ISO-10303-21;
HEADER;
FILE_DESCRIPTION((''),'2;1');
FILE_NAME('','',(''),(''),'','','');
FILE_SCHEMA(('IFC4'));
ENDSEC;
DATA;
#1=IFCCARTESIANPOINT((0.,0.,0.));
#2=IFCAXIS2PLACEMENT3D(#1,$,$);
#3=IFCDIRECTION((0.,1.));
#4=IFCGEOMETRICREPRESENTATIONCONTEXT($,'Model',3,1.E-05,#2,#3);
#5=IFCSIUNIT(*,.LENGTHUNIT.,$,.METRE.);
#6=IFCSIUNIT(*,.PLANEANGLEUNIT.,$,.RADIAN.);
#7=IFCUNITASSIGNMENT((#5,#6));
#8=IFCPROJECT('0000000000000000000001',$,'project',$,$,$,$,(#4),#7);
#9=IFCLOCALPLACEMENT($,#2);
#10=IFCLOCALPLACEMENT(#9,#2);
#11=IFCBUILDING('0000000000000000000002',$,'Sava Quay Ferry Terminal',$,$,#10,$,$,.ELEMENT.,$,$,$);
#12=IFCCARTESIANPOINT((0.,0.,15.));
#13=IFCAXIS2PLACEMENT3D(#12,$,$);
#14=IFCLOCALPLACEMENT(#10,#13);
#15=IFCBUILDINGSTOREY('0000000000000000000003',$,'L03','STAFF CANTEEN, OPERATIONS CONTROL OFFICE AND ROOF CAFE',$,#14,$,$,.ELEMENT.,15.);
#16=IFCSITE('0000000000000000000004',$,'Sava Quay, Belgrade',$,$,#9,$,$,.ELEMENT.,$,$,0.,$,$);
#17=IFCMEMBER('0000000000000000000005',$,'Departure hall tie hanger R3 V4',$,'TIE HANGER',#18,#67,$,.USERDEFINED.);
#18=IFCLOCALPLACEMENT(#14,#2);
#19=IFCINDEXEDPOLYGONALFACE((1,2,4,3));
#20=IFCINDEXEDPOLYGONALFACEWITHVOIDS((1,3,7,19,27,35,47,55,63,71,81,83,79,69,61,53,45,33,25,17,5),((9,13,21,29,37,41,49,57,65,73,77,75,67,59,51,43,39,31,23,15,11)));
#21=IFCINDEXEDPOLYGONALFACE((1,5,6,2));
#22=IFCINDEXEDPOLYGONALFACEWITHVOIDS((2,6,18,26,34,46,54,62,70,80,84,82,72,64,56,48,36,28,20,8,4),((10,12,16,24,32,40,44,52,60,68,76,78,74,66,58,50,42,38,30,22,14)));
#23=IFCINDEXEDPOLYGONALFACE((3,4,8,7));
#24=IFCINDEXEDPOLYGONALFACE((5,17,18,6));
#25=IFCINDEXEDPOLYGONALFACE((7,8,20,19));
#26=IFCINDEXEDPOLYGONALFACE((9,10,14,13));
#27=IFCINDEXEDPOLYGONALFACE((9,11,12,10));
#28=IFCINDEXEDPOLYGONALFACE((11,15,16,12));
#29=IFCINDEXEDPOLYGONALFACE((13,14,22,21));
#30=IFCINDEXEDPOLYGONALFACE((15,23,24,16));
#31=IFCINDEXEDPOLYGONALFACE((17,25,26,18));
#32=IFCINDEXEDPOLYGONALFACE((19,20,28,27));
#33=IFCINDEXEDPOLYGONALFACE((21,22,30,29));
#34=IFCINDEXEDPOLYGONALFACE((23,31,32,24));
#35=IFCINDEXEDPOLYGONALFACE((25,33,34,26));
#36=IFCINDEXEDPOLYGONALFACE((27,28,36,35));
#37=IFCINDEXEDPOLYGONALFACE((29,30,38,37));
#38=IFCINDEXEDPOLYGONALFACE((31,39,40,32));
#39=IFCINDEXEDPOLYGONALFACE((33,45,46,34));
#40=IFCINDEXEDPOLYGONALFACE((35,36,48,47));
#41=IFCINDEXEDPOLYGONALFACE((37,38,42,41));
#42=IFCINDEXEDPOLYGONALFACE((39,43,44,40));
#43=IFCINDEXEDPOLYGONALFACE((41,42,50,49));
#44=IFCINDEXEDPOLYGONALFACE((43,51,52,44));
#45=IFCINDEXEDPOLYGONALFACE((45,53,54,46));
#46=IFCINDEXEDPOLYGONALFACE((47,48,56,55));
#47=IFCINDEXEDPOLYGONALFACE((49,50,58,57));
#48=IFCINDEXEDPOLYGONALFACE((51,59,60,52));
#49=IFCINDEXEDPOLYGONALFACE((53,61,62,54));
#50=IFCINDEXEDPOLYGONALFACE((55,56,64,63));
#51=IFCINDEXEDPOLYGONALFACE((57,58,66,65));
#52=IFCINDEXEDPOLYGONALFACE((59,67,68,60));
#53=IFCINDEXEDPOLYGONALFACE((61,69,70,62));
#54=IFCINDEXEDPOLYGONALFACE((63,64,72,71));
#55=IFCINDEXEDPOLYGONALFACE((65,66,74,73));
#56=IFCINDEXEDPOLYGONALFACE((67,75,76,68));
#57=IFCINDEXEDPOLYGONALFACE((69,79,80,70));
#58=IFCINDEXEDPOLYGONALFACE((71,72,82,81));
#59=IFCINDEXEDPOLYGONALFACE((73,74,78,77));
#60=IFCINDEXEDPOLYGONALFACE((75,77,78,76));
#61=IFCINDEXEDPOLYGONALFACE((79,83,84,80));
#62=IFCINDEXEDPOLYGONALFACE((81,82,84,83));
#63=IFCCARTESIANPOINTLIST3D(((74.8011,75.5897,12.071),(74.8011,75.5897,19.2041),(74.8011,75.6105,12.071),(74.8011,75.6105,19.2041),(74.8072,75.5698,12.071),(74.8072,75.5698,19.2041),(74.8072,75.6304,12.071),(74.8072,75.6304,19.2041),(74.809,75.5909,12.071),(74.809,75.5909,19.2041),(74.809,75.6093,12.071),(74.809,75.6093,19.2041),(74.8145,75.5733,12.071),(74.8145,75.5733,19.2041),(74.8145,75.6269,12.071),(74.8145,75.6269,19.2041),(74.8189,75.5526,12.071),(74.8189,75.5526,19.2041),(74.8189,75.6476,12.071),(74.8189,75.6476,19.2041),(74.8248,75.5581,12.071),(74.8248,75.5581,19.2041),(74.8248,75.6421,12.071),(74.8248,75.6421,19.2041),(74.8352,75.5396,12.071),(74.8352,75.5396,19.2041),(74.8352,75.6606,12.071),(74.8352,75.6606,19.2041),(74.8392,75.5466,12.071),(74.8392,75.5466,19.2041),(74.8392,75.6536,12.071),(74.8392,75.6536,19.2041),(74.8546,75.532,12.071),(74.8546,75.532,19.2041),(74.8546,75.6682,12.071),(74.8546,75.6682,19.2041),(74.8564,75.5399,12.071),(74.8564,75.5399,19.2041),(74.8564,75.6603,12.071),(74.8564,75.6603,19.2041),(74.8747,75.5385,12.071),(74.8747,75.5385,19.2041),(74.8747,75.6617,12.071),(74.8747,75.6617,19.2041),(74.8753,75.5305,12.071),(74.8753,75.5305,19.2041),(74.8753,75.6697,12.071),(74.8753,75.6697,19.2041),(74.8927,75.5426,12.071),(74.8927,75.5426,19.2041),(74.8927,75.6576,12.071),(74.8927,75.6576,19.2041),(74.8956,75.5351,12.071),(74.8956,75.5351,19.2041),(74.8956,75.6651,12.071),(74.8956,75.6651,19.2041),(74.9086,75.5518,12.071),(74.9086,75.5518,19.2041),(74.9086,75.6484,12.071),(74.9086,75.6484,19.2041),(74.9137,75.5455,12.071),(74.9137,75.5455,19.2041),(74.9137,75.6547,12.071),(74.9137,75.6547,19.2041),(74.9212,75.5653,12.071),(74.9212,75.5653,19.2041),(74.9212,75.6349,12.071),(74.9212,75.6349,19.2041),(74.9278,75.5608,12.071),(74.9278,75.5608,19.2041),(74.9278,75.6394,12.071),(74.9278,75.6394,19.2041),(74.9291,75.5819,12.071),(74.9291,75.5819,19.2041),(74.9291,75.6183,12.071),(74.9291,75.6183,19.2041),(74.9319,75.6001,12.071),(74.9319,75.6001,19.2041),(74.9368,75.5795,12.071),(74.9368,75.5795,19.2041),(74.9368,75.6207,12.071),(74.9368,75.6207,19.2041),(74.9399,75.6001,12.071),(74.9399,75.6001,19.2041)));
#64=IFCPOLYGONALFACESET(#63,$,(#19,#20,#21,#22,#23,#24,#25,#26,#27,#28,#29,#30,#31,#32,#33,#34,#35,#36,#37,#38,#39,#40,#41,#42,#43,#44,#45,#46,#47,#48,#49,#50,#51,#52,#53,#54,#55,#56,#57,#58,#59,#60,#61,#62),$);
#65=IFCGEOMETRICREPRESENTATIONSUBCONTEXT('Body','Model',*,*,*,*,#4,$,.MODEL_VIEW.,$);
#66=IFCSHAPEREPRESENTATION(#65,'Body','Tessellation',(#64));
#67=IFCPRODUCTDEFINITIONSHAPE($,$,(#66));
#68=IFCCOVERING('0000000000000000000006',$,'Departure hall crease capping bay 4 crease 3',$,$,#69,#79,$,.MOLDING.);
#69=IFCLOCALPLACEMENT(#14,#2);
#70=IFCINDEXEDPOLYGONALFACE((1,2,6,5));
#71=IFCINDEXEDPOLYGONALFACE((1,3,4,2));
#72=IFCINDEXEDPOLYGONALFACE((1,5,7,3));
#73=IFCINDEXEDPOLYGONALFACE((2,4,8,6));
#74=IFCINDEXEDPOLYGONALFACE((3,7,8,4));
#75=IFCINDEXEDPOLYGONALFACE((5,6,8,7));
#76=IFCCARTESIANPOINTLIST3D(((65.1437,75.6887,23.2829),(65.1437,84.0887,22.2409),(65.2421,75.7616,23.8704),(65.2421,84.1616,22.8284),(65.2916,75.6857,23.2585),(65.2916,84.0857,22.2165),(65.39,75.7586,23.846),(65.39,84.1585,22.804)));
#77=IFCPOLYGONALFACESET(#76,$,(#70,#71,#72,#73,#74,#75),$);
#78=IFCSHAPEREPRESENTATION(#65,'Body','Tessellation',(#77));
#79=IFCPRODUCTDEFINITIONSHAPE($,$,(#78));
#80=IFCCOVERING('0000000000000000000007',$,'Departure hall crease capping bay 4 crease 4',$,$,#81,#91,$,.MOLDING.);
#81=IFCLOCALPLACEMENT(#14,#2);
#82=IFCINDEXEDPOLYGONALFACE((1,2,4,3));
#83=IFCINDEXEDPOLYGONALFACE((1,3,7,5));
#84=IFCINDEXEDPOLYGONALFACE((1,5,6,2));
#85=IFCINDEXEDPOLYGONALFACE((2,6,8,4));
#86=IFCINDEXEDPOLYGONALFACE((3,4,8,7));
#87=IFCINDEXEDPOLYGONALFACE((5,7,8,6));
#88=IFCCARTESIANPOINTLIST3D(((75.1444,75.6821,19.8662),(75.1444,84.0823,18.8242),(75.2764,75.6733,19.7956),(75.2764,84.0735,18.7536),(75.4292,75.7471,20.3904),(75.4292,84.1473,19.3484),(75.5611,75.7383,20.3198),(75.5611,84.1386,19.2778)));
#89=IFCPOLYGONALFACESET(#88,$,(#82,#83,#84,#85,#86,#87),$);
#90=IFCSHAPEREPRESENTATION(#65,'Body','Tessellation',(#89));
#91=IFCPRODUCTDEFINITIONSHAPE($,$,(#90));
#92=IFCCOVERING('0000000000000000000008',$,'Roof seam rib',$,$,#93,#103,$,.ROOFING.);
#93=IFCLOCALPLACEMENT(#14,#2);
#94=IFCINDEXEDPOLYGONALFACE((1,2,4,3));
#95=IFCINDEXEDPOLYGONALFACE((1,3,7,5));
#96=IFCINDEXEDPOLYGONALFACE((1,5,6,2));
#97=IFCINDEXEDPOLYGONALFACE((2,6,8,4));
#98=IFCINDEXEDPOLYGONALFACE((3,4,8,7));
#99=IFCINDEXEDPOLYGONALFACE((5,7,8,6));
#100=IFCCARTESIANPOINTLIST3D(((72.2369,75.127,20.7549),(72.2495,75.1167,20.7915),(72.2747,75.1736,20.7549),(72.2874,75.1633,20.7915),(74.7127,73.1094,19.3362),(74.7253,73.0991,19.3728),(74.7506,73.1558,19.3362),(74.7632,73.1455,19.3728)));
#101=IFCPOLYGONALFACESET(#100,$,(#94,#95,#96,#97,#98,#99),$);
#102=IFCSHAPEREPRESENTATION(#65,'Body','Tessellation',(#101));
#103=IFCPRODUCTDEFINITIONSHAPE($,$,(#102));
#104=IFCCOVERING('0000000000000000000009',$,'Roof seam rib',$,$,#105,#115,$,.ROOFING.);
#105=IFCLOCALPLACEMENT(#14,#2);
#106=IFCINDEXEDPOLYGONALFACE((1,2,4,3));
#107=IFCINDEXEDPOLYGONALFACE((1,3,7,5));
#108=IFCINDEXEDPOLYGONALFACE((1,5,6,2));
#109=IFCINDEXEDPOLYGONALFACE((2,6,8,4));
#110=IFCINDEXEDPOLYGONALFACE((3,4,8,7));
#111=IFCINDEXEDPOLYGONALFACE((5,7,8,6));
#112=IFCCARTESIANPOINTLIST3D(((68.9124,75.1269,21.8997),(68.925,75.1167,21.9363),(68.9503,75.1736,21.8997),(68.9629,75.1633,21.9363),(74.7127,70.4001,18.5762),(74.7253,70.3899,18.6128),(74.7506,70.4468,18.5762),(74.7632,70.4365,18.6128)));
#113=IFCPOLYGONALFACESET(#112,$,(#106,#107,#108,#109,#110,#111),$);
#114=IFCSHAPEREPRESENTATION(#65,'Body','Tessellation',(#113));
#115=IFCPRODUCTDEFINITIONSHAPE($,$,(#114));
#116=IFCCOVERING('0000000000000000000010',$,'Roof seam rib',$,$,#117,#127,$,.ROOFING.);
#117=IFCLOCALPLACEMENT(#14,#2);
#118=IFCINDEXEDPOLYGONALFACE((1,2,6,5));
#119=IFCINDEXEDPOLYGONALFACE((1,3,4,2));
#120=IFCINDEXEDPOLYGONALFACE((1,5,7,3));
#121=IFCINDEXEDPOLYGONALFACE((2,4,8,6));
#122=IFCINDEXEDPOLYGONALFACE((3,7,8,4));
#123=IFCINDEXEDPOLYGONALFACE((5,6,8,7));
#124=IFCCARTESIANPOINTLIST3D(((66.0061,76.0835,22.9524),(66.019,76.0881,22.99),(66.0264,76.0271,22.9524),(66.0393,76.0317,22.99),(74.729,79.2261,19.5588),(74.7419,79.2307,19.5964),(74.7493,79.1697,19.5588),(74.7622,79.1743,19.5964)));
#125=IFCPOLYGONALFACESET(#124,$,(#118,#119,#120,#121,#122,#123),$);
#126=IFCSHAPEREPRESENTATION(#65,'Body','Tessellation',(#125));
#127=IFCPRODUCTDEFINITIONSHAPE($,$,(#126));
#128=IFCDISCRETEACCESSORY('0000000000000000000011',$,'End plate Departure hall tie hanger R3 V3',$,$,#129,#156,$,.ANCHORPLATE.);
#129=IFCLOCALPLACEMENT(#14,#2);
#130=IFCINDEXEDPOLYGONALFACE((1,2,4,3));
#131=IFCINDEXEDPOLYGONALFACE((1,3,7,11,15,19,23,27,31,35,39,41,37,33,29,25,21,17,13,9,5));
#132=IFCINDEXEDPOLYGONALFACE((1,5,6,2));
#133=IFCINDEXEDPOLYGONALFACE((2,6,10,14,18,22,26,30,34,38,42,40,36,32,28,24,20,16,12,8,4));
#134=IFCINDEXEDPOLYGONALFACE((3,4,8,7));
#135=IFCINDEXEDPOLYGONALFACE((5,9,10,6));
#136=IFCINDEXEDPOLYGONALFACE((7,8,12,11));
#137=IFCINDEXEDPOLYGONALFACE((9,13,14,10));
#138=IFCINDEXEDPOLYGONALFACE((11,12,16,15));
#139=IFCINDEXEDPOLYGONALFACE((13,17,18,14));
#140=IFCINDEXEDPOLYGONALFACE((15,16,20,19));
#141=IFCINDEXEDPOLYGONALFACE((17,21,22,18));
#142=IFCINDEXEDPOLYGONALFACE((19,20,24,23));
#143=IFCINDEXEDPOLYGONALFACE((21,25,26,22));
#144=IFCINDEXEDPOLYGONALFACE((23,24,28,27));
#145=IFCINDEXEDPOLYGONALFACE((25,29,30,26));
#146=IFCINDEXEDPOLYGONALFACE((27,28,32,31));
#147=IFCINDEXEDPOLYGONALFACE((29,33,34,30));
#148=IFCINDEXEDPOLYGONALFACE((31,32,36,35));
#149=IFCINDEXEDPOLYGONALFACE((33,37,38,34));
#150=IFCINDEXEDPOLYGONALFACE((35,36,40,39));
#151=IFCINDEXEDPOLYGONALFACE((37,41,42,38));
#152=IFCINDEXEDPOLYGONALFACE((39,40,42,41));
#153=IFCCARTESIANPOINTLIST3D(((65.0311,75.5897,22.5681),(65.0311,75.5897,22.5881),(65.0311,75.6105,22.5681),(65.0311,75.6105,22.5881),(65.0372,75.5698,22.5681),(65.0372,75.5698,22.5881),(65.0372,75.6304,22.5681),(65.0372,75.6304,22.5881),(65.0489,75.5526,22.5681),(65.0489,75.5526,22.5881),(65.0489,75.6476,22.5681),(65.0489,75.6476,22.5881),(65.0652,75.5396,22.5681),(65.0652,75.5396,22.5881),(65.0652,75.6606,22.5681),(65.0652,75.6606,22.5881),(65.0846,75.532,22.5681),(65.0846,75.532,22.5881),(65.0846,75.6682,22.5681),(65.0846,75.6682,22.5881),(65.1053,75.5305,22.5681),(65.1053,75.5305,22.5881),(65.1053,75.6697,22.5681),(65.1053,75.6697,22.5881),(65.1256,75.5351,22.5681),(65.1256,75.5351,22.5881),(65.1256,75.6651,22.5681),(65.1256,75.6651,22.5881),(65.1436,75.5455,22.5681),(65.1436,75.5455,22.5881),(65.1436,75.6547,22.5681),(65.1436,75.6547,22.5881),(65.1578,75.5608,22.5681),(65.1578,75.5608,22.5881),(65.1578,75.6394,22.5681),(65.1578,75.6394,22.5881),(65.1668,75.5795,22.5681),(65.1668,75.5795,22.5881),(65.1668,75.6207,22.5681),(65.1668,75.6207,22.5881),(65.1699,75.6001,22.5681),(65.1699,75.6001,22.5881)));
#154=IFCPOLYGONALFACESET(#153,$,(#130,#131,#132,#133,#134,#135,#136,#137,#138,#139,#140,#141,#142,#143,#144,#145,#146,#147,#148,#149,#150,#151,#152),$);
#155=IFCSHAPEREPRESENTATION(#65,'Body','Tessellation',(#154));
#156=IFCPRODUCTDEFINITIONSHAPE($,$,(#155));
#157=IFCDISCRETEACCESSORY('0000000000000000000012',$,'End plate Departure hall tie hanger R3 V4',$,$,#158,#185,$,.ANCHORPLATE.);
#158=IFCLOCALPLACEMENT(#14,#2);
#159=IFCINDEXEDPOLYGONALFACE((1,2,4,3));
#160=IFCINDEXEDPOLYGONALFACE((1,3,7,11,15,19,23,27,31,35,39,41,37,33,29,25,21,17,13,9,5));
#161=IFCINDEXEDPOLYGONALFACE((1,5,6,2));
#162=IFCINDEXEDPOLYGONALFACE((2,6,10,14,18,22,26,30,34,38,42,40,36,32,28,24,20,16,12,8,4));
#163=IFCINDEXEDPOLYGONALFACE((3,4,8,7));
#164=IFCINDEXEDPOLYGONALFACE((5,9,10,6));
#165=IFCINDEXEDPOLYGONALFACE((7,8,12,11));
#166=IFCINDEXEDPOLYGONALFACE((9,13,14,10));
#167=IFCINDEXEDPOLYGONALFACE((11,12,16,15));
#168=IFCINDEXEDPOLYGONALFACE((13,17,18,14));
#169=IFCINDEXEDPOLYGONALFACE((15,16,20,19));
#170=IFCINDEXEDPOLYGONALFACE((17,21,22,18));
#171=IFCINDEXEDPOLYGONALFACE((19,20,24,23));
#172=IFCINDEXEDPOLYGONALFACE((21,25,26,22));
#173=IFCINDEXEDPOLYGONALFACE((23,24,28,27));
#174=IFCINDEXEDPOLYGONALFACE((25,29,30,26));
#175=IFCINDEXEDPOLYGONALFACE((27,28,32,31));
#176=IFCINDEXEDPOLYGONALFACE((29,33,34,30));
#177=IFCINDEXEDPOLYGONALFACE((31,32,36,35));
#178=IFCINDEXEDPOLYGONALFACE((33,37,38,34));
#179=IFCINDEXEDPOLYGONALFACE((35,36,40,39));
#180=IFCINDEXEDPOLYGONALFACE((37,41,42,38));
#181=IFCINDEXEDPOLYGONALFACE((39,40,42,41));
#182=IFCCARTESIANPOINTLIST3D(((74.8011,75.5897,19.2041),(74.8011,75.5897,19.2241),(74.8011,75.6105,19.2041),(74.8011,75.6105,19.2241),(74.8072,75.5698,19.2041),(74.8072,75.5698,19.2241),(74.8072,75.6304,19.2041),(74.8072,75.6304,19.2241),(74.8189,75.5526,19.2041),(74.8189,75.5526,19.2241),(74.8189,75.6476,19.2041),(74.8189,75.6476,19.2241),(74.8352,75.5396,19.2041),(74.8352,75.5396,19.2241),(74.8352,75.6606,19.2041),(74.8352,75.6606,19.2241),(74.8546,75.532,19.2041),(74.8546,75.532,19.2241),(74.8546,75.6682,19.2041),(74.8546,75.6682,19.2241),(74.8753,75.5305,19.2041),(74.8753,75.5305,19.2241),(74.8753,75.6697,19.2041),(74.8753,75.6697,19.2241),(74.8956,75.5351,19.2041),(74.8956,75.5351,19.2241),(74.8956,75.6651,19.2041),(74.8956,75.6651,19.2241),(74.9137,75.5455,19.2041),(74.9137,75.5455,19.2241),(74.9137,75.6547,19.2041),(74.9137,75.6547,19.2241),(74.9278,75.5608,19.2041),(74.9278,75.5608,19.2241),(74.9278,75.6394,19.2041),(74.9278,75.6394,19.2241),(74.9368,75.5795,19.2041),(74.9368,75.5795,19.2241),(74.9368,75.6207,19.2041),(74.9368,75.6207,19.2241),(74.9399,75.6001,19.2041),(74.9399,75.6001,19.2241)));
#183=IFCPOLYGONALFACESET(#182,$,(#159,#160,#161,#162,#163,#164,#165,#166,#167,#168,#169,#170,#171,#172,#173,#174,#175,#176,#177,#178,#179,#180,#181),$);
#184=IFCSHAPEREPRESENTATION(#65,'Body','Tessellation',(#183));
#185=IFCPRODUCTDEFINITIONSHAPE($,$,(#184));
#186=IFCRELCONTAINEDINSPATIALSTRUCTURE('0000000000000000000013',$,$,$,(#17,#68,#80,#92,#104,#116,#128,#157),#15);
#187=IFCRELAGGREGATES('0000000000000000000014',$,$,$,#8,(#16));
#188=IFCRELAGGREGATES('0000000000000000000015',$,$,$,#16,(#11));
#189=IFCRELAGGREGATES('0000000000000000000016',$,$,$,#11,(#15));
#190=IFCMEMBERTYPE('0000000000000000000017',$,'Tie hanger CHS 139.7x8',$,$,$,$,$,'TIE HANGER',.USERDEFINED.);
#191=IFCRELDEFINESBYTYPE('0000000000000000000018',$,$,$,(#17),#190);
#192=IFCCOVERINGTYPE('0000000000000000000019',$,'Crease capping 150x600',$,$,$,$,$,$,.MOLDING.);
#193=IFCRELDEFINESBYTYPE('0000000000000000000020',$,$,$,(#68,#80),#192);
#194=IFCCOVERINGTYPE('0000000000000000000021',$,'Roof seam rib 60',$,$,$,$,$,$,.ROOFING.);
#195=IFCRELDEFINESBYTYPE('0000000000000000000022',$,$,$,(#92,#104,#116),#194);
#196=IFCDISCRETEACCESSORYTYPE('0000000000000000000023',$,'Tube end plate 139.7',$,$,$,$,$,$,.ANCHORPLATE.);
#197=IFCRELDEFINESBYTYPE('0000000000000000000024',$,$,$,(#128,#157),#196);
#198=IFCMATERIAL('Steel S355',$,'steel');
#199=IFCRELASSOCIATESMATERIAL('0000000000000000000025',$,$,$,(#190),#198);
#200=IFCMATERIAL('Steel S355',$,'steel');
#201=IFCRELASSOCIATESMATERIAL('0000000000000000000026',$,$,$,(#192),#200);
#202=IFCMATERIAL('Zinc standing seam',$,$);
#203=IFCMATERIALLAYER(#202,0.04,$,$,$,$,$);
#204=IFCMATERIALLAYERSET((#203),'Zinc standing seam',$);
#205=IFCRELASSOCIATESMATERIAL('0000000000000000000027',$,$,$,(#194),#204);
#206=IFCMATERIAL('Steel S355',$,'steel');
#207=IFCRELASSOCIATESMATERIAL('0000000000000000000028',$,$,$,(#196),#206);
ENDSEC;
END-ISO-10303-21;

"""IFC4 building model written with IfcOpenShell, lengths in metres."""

from ifc_helpers import new_model, si_unit, direction, frame, origin, origin_2d, place, context, subcontext, project, spatial, polyline, rectangle, circle, hollow_circle, outline, extrude, material, layer, layer_set, material_profile, profile_set, type_object, element, save


model = new_model("IFC4")

# Units and contexts
model_context = context("Model", 3, precision=1e-05, world=origin(), true_north=direction((0.0, 1.0)))
body_context = subcontext(model_context, "Body", "Model", "MODEL_VIEW")
ifc_project = project(units=[si_unit("LENGTHUNIT", "METRE"), si_unit("PLANEANGLEUNIT", "RADIAN")], contexts=[model_context])

# Site, building, storey
site_placement = place(None, origin())
site = spatial("IfcSite", under=ifc_project, at=site_placement, Name="Sava Quay, Belgrade", CompositionType="ELEMENT", RefElevation=0.0)
building_placement = place(site_placement, origin())
building = spatial("IfcBuilding", under=site, at=building_placement, Name="Sava Quay Ferry Terminal", CompositionType="ELEMENT")
storey_placement = place(building_placement, frame((0.0, 0.0, 15.0)))
storey = spatial("IfcBuildingStorey", under=building, at=storey_placement, Name="L03", Description="STAFF CANTEEN, OPERATIONS CONTROL OFFICE AND ROOF CAFE", CompositionType="ELEMENT", Elevation=15.0)

# Member
ifc_material_1 = material(Name="Steel S355", Category="steel")
ifc_material_profile_1 = material_profile(ifc_material_1, hollow_circle(Radius=0.0698, WallThickness=0.0081, at=origin_2d()), Name="CHS 139.7 x 8.0")
ifc_profile_set_1 = profile_set([ifc_material_profile_1], Name="Steel S355")
member_type_1 = type_object("IfcMemberType", Name="Tie hanger CHS 139.7x8", ElementType="TIE HANGER", PredefinedType="USERDEFINED", material=ifc_profile_set_1)
member_1_placement = place(storey_placement, frame((74.8701, 75.6001, 12.071), z_axis=(0.0, 0.0, 1.0), x_axis=(1.0, 0.0, 0.0)))
element("IfcMember", 1, at=member_1_placement, inside=storey, type_object=member_type_1, Name="Departure hall tie hanger R3 V4", ObjectType="TIE HANGER", PredefinedType="USERDEFINED", context=body_context, shape_type="SweptSolid", body=[
    extrude(hollow_circle(Radius=0.0698, WallThickness=0.0081, at=origin_2d()), origin(), (0.0, 0.0, 1.0), 7.1331),
])

# Coverings
ifc_material_2 = material(Name="Steel S355", Category="steel")
ifc_material_profile_2 = material_profile(ifc_material_2, rectangle(XDim=0.1499, YDim=0.6001, at=origin_2d()), Name="Cap 150 x 600")
ifc_profile_set_2 = profile_set([ifc_material_profile_2], Name="Steel S355")
covering_type_1 = type_object("IfcCoveringType", Name="Crease capping 150x600", PredefinedType="MOLDING", material=ifc_profile_set_2)
covering_1_placement = place(storey_placement, frame((65.2668, 75.7236, 23.5645), z_axis=(0.0, 0.992394, -0.123105), x_axis=(-0.986478, 0.020176, 0.162645)))
element("IfcCovering", 2, at=covering_1_placement, inside=storey, type_object=covering_type_1, Name="Departure hall crease capping bay 4 crease 3", PredefinedType="MOLDING", context=body_context, shape_type="SweptSolid", body=[
    extrude(rectangle(XDim=0.1499, YDim=0.6001, at=origin_2d()), origin(), (0.0, 0.0, 1.0), 8.4644),
])
covering_2_placement = place(storey_placement, frame((75.3528, 75.7102, 20.093), z_axis=(0.0, 0.992394, -0.123101), x_axis=(-0.880255, 0.058412, 0.470892)))
element("IfcCovering", 3, at=covering_2_placement, inside=storey, type_object=covering_type_1, Name="Departure hall crease capping bay 4 crease 4", PredefinedType="MOLDING", context=body_context, shape_type="SweptSolid", body=[
    extrude(rectangle(XDim=0.1499, YDim=0.6001, at=origin_2d()), origin(), (0.0, 0.0, 1.0), 8.4646),
])
ifc_material_3 = material(Name="Zinc standing seam")
ifc_layer = layer(ifc_material_3, 0.04)
ifc_layer_set = layer_set([ifc_layer], Name="Zinc standing seam")
covering_type_2 = type_object("IfcCoveringType", Name="Roof seam rib 60", PredefinedType="ROOFING", material=ifc_layer_set)
covering_3_placement = place(storey_placement, frame((74.7253, 73.0991, 19.3728), z_axis=(0.314885, -0.256205, 0.913896), x_axis=(-0.708452, 0.577324, 0.405947)))
element("IfcCovering", 4, at=covering_3_placement, inside=storey, type_object=covering_type_2, Name="Roof seam rib", PredefinedType="ROOFING", context=body_context, shape_type="SweptSolid", body=[
    extrude(outline(polyline([(0.0, 0.0), (3.4947, 0.0), (3.4948, -0.0601), (0.0, -0.0599), (0.0, 0.0)])), origin(), (0.0, 0.0, -1.0), 0.04),
])
covering_4_placement = place(storey_placement, frame((74.7253, 70.3899, 18.6128), z_axis=(0.315202, -0.255792, 0.913903), x_axis=(-0.708451, 0.577335, 0.405933)))
element("IfcCovering", 5, at=covering_4_placement, inside=storey, type_object=covering_type_2, Name="Roof seam rib", PredefinedType="ROOFING", context=body_context, shape_type="SweptSolid", body=[
    extrude(outline(polyline([(0.0, 0.0), (8.1873, 0.0), (8.1874, -0.0601), (0.0001, -0.0601), (0.0, 0.0)])), origin(), (0.0, 0.0, -1.0), 0.04),
])
covering_5_placement = place(storey_placement, frame((74.7622, 79.1743, 19.5964), z_axis=(0.323466, 0.116224, 0.939075), x_axis=(-0.883489, -0.318292, 0.343712)))
element("IfcCovering", 6, at=covering_5_placement, inside=storey, type_object=covering_type_2, Name="Roof seam rib", PredefinedType="ROOFING", context=body_context, shape_type="SweptSolid", body=[
    extrude(outline(polyline([(0.0, 0.0), (9.8732, 0.0), (9.8732, -0.0599), (0.0, -0.0599), (0.0, 0.0)])), origin(), (0.0, 0.0, -1.0), 0.04),
])

# Discrete accessories
ifc_material_4 = material(Name="Steel S355", Category="steel")
ifc_material_profile_3 = material_profile(ifc_material_4, circle(Radius=0.0698, at=origin_2d()), Name="Plate 139.7 dia x 20")
ifc_profile_set_3 = profile_set([ifc_material_profile_3], Name="Steel S355")
discrete_accessory_type = type_object("IfcDiscreteAccessoryType", Name="Tube end plate 139.7", PredefinedType="ANCHORPLATE", material=ifc_profile_set_3)
for number, where, z_axis, x_axis, name in (
    (7, (65.1001, 75.6001, 22.5681), (0.0, 0.0, 1.0), (1.0, 0.0, 0.0), "End plate Departure hall tie hanger R3 V3"),
    (8, (74.8701, 75.6001, 19.2041), (0.0, 0.0, 1.0), (1.0, 0.0, 0.0), "End plate Departure hall tie hanger R3 V4"),
):
    element("IfcDiscreteAccessory", number, at=place(storey_placement, frame(where, z_axis=z_axis, x_axis=x_axis)), inside=storey, type_object=discrete_accessory_type, Name=name, PredefinedType="ANCHORPLATE", context=body_context, shape_type="SweptSolid", body=[
        extrude(circle(Radius=0.0698, at=origin_2d()), origin(), (0.0, 0.0, 1.0), 0.02),
    ])

save(model, "model.ifc")
